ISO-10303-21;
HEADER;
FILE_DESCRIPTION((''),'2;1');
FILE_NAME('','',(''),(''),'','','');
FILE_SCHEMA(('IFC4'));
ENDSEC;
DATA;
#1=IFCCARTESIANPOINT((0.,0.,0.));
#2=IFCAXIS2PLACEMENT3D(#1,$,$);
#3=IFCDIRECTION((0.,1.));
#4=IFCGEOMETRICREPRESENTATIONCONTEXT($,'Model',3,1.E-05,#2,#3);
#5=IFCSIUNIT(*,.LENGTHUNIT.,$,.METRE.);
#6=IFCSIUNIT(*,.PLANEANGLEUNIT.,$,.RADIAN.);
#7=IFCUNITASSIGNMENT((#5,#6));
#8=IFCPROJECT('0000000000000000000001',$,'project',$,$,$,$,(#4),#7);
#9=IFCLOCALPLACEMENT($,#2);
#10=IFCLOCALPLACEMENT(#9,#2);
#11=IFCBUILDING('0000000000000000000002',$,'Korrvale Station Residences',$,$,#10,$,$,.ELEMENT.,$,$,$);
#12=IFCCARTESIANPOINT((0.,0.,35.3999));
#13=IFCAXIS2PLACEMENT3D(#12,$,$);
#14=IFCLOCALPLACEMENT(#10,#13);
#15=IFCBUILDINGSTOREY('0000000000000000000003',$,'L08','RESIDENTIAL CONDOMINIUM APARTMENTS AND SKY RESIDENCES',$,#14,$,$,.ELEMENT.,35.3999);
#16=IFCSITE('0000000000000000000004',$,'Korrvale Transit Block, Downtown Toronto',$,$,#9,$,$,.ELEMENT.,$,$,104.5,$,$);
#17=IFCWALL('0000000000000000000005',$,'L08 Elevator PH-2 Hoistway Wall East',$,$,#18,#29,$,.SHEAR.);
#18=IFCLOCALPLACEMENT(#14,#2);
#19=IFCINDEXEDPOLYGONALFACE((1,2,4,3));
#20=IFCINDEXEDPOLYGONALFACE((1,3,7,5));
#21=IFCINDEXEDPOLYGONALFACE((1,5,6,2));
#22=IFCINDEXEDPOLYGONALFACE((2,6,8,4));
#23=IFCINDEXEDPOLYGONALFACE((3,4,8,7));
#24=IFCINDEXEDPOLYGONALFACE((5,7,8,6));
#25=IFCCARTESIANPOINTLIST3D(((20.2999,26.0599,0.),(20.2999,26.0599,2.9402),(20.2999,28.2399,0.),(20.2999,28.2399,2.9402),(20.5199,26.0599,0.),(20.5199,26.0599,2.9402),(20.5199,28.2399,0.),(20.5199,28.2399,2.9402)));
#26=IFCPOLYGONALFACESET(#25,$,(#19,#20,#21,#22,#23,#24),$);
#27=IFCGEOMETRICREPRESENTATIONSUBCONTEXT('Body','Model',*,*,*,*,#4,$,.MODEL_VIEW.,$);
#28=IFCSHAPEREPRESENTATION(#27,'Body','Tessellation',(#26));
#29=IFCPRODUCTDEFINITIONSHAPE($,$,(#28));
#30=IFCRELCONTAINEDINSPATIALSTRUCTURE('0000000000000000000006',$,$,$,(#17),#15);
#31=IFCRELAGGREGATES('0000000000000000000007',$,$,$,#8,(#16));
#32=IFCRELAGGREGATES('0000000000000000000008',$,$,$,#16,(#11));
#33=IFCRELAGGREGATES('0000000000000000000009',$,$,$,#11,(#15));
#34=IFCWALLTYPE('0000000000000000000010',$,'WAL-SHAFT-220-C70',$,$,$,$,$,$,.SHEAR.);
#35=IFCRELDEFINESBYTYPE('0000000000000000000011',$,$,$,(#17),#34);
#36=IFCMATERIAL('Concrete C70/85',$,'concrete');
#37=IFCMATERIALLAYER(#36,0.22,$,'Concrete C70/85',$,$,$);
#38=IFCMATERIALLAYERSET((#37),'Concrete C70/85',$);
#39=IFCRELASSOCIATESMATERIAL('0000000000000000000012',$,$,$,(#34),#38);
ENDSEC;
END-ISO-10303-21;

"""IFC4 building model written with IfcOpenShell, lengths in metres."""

from ifc_helpers import new_model, si_unit, direction, frame, frame_2d, origin, place, context, subcontext, project, spatial, rectangle, extrude, material, layer, layer_set, type_object, element, save


model = new_model("IFC4")

# Units and contexts
model_context = context("Model", 3, precision=1e-05, world=origin(), true_north=direction((0.0, 1.0)))
body_context = subcontext(model_context, "Body", "Model", "MODEL_VIEW")
ifc_project = project(units=[si_unit("LENGTHUNIT", "METRE"), si_unit("PLANEANGLEUNIT", "RADIAN")], contexts=[model_context])

# Site, building, storey
site_placement = place(None, origin())
site = spatial("IfcSite", under=ifc_project, at=site_placement, Name="Korrvale Transit Block, Downtown Toronto", CompositionType="ELEMENT", RefElevation=104.5)
building_placement = place(site_placement, origin())
building = spatial("IfcBuilding", under=site, at=building_placement, Name="Korrvale Station Residences", CompositionType="ELEMENT")
storey_placement = place(building_placement, frame((0.0, 0.0, 35.3999)))
storey = spatial("IfcBuildingStorey", under=building, at=storey_placement, Name="L08", Description="RESIDENTIAL CONDOMINIUM APARTMENTS AND SKY RESIDENCES", CompositionType="ELEMENT", Elevation=35.3999)

# Shared definitions
ifc_material_1 = material(Name="Concrete C70/85", Category="concrete")

# Shared definitions
ifc_layer_1 = layer(ifc_material_1, 0.22, Name="Concrete C70/85")
ifc_layer_set_1 = layer_set([ifc_layer_1], Name="Concrete C70/85")
wall_type_1 = type_object("IfcWallType", Name="WAL-SHAFT-220-C70", PredefinedType="SHEAR", material=ifc_layer_set_1)

# Wall
wall_1_placement = place(storey_placement, frame((20.4099, 26.0601, 0.0), z_axis=(0.0, 0.0, 1.0), x_axis=(0.0, 1.0, 0.0)))
element("IfcWall", 1, at=wall_1_placement, inside=storey, type_object=wall_type_1, Name="L08 Elevator PH-2 Hoistway Wall East", PredefinedType="SHEAR", context=body_context, shape_type="SweptSolid", body=[
    extrude(rectangle(XDim=2.1799, YDim=0.22, at=frame_2d((1.0898, 0.0))), origin(), (0.0, 0.0, 1.0), 2.9402),
])

save(model, "model.ifc")
